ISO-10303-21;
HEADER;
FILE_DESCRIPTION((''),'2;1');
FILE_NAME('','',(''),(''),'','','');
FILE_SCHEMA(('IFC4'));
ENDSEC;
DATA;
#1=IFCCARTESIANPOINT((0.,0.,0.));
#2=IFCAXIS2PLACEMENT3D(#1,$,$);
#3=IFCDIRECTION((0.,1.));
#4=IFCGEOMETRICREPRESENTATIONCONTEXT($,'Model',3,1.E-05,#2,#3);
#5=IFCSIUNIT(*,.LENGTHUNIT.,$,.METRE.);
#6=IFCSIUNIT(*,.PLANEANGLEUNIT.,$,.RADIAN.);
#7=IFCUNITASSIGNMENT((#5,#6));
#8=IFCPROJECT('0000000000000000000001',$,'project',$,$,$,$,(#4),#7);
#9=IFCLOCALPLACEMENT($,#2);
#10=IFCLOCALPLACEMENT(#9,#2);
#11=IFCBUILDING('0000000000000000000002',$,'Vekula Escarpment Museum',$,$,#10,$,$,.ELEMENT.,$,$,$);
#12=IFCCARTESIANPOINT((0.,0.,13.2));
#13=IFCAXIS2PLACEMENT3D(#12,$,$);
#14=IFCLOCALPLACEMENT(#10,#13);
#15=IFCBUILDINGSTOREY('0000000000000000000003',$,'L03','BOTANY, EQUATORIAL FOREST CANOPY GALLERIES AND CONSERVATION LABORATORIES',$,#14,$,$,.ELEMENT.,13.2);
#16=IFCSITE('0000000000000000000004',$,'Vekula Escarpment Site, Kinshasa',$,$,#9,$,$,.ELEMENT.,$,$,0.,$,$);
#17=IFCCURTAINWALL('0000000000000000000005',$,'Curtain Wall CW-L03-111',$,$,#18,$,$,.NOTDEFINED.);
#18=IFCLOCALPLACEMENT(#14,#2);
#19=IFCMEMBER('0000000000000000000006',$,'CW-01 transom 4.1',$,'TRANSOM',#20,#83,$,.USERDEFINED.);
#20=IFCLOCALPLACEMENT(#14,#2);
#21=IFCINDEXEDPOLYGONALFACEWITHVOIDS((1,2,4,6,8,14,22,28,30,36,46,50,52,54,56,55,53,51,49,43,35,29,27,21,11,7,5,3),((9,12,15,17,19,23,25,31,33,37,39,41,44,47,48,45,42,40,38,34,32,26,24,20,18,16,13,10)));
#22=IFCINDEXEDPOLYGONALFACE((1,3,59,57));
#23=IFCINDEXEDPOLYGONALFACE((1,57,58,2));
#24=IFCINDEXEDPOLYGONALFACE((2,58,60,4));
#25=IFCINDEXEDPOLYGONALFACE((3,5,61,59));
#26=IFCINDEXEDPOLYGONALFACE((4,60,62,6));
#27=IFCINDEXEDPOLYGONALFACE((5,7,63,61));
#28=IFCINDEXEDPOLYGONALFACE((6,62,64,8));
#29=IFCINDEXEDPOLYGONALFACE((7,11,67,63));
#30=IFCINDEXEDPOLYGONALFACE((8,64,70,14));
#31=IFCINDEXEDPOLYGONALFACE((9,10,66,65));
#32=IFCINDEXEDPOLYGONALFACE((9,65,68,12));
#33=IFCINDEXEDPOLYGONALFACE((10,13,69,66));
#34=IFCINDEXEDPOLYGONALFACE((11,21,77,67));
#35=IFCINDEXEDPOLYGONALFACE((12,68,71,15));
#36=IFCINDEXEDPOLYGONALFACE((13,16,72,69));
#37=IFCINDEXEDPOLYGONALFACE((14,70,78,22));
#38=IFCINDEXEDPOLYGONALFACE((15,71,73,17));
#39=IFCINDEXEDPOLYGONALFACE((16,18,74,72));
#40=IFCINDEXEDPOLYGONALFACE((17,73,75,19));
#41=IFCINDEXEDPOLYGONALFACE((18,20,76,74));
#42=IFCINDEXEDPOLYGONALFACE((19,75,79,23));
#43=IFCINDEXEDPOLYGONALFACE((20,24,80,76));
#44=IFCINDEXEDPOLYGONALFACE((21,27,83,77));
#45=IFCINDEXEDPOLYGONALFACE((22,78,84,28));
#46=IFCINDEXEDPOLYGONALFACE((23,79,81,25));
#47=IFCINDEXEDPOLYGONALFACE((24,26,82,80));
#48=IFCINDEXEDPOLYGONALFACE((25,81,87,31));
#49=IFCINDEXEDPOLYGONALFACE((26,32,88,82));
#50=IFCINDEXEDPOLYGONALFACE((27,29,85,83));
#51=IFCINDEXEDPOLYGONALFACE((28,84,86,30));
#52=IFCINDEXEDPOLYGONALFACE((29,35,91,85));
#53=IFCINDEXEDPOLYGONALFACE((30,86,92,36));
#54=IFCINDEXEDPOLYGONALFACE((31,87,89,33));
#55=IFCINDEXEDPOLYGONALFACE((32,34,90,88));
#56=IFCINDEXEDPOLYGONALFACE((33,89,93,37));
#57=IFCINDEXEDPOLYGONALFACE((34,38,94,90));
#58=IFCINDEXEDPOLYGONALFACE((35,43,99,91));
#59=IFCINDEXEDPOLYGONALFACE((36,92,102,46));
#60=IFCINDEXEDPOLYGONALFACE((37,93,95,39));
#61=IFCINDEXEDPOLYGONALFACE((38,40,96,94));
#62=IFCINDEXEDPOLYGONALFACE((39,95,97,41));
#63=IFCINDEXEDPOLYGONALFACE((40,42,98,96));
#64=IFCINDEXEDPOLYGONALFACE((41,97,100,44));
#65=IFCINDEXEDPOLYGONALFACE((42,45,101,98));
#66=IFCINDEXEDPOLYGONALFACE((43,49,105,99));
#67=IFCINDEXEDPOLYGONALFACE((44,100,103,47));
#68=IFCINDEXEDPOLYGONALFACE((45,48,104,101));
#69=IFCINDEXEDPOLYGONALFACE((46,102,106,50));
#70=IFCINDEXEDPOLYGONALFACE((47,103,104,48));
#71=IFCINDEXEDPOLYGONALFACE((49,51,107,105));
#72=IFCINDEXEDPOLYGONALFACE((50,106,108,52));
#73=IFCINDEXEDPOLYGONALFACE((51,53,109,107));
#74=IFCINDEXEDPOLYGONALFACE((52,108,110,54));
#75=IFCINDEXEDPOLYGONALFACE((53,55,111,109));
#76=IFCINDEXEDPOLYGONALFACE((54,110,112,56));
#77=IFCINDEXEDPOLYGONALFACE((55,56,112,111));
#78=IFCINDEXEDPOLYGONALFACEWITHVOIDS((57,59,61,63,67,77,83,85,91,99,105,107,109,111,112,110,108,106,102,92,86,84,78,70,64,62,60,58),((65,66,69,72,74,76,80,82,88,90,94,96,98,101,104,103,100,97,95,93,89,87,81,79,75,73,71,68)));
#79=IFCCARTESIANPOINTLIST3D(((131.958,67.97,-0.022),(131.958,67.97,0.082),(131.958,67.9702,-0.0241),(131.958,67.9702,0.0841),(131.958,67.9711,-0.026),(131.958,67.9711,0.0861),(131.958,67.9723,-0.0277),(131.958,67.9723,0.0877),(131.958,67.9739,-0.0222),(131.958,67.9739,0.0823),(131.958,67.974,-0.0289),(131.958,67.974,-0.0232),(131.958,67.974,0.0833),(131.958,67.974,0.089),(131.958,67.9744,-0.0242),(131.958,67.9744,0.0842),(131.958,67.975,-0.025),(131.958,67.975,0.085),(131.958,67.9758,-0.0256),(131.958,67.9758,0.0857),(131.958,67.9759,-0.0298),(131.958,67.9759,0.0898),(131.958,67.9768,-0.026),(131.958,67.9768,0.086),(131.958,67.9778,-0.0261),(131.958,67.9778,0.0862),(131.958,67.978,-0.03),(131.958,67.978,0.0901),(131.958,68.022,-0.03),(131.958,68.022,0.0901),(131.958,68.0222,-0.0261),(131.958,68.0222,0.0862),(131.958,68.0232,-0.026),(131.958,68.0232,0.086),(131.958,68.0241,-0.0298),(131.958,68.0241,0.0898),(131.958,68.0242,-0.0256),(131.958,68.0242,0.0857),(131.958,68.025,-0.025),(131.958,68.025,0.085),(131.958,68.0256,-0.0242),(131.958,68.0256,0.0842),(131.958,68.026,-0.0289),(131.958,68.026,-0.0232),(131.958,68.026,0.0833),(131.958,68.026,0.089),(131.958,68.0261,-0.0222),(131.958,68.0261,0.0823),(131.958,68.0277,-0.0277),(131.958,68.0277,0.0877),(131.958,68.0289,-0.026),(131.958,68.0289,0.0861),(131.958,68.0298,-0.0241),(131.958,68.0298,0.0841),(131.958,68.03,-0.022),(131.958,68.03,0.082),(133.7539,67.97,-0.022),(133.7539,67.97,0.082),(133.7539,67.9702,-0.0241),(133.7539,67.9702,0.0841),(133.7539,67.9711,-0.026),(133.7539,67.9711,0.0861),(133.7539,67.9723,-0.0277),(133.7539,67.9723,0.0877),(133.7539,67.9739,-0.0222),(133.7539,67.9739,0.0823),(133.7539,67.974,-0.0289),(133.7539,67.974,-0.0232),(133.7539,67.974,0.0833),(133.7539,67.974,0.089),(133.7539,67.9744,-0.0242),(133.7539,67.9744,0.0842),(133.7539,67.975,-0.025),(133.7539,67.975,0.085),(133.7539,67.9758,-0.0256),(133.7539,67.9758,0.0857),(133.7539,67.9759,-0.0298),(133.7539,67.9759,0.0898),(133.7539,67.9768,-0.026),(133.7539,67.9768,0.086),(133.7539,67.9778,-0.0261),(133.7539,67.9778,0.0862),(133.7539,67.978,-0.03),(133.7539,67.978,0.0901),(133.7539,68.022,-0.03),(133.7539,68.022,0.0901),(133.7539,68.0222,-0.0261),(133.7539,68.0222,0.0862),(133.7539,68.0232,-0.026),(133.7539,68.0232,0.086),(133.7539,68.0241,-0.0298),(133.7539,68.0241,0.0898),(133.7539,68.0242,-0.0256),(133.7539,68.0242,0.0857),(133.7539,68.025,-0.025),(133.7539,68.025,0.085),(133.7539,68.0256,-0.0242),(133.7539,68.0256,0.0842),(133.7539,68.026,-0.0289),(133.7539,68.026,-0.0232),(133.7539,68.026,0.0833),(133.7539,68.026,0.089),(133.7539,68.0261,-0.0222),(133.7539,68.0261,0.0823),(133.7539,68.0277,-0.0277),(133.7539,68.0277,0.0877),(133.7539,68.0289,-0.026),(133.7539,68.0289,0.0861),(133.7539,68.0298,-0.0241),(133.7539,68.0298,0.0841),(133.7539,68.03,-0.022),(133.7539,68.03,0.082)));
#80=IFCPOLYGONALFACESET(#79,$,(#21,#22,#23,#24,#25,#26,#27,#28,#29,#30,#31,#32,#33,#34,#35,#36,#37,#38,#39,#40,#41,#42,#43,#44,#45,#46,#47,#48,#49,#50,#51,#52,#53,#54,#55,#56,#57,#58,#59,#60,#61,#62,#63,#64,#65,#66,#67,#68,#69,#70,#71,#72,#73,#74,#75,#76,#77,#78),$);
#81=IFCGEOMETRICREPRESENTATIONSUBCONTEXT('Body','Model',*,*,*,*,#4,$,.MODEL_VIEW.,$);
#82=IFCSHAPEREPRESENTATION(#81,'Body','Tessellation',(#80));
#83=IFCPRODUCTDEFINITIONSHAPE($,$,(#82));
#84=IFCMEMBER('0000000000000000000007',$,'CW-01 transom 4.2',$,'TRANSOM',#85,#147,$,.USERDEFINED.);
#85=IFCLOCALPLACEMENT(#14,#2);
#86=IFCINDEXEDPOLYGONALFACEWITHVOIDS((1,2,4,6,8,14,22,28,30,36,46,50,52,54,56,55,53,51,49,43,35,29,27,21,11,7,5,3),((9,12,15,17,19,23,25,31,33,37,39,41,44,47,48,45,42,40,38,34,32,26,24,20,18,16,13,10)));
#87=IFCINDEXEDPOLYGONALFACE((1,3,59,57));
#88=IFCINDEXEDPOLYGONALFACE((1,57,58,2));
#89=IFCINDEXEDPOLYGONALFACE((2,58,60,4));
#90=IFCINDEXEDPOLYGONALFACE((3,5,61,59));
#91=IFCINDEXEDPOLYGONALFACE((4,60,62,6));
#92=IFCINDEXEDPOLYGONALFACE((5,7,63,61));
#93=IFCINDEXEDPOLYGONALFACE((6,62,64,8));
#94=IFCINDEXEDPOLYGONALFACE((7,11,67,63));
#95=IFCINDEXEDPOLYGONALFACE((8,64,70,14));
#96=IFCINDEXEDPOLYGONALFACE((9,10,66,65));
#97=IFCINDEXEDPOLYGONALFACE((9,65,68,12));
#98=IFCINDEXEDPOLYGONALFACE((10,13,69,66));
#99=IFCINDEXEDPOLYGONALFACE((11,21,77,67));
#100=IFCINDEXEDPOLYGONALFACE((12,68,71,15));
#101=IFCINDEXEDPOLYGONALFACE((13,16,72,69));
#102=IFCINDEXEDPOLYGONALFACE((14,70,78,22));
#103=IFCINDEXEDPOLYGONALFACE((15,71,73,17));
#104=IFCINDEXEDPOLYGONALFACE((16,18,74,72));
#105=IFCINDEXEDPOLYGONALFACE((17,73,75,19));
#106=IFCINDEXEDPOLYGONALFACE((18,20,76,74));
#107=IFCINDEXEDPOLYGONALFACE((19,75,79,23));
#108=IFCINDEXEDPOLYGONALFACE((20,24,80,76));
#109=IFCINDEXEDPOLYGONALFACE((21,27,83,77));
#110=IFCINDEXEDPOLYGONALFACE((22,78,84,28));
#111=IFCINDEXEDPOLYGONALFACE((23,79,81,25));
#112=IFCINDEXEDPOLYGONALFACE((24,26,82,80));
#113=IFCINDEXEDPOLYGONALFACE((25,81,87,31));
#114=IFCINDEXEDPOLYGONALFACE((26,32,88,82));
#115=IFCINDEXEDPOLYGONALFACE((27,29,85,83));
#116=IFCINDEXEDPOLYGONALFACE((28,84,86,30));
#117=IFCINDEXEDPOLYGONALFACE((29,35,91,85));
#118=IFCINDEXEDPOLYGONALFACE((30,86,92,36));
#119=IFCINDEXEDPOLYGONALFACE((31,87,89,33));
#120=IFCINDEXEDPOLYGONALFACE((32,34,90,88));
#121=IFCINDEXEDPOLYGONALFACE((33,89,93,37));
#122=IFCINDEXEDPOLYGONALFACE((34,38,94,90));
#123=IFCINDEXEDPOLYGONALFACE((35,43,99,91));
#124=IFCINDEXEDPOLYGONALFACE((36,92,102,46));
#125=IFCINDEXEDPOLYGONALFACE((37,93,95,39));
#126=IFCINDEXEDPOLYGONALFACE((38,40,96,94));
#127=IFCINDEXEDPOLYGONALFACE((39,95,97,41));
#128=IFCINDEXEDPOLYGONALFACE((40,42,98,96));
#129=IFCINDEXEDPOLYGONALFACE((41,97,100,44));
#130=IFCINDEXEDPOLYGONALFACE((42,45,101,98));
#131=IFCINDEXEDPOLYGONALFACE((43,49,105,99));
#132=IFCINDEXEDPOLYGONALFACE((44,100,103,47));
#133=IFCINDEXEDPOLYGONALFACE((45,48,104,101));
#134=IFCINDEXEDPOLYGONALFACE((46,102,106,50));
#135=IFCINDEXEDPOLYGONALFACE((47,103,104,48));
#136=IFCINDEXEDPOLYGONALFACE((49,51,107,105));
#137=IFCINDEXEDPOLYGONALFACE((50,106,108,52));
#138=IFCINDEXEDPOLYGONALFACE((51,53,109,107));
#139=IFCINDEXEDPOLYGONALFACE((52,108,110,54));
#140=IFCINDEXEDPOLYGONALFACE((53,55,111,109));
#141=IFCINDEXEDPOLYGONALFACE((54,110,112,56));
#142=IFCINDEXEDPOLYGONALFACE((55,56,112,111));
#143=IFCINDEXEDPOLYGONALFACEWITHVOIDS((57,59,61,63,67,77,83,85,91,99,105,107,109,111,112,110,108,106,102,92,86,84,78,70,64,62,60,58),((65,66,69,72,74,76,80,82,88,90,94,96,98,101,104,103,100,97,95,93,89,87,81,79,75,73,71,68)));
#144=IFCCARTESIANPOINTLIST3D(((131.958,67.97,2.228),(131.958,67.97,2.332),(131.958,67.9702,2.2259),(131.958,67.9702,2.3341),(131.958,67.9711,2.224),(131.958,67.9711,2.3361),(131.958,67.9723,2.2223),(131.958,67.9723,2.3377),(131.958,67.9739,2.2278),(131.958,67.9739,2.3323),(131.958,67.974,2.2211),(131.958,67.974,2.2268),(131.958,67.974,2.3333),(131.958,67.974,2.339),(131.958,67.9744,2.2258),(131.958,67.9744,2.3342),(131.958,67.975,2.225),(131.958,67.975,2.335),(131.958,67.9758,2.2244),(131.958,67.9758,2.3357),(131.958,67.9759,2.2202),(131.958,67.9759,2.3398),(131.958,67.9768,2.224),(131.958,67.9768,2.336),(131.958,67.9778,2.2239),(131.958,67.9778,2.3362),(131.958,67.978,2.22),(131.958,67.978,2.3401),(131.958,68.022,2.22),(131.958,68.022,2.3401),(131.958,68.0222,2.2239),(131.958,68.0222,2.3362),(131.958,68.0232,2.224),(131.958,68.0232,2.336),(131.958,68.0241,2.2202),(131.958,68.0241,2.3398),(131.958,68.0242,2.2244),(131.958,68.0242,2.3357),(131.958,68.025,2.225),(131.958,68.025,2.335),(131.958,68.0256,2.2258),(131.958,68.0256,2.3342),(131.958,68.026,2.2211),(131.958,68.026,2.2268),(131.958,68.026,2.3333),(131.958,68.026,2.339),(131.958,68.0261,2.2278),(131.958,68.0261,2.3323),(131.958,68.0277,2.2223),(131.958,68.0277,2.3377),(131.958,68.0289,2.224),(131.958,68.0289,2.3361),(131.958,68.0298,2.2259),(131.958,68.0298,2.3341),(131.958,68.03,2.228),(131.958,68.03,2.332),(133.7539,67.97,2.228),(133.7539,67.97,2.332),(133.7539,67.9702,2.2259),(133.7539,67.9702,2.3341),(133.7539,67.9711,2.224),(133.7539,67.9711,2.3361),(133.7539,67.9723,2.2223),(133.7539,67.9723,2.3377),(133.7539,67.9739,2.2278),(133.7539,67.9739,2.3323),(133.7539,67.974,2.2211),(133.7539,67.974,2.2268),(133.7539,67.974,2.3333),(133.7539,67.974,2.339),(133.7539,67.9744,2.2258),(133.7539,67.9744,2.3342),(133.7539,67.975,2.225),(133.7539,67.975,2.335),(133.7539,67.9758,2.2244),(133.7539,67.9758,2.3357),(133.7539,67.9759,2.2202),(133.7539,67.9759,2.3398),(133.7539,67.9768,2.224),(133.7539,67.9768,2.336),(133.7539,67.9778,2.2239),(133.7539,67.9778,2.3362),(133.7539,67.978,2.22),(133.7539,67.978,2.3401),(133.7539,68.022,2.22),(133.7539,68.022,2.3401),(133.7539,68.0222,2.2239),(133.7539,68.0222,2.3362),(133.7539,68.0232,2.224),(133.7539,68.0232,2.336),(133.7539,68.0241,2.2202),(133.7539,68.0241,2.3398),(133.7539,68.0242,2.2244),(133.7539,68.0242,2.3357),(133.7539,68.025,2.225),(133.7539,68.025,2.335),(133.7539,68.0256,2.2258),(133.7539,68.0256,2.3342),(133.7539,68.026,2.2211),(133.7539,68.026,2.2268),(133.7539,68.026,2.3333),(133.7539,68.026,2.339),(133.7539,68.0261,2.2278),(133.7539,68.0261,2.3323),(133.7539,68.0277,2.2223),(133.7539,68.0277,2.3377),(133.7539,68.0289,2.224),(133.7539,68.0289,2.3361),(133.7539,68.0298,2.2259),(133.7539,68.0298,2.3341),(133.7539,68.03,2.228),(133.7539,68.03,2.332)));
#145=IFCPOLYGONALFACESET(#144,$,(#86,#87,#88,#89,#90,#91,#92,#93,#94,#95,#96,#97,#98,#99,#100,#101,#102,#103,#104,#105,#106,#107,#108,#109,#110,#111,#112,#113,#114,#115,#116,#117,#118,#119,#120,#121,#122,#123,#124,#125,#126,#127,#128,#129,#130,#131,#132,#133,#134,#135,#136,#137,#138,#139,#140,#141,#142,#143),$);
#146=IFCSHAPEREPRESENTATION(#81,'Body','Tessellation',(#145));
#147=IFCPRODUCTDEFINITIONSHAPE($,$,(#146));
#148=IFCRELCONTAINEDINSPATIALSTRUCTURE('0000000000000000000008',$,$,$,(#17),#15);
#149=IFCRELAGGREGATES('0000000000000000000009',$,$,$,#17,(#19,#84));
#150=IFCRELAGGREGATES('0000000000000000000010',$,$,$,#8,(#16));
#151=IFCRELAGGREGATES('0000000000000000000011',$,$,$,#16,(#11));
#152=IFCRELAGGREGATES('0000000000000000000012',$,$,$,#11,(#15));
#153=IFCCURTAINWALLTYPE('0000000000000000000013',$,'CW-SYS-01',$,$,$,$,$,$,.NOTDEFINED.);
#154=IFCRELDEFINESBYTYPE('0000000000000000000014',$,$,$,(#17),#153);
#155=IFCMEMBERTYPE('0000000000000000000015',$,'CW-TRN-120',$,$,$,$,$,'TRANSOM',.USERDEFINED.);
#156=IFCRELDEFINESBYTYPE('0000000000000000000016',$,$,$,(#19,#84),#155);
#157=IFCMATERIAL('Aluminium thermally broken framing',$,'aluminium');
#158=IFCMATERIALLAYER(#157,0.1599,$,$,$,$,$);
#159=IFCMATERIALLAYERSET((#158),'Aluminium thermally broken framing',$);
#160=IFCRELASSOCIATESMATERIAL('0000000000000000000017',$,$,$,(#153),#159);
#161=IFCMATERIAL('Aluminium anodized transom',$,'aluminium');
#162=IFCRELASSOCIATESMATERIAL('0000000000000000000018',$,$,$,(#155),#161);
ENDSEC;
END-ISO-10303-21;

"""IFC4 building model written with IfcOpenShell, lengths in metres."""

from ifc_helpers import new_model, si_unit, direction, frame, origin, origin_2d, place, context, subcontext, project, spatial, hollow_rectangle, extrude, material, layer, layer_set, material_profile, profile_set, type_object, element, aggregate, save


model = new_model("IFC4")

# Units and contexts
model_context = context("Model", 3, precision=1e-05, world=origin(), true_north=direction((0.0, 1.0)))
body_context = subcontext(model_context, "Body", "Model", "MODEL_VIEW")
ifc_project = project(units=[si_unit("LENGTHUNIT", "METRE"), si_unit("PLANEANGLEUNIT", "RADIAN")], contexts=[model_context])

# Site, building, storey
site_placement = place(None, origin())
site = spatial("IfcSite", under=ifc_project, at=site_placement, Name="Vekula Escarpment Site, Kinshasa", CompositionType="ELEMENT", RefElevation=0.0)
building_placement = place(site_placement, origin())
building = spatial("IfcBuilding", under=site, at=building_placement, Name="Vekula Escarpment Museum", CompositionType="ELEMENT")
storey_placement = place(building_placement, frame((0.0, 0.0, 13.2)))
storey = spatial("IfcBuildingStorey", under=building, at=storey_placement, Name="L03", Description="BOTANY, EQUATORIAL FOREST CANOPY GALLERIES AND CONSERVATION LABORATORIES", CompositionType="ELEMENT", Elevation=13.2)

# Curtain wall, members
ifc_material_1 = material(Name="Aluminium thermally broken framing", Category="aluminium")
ifc_layer_1 = layer(ifc_material_1, 0.1599)
ifc_layer_set_1 = layer_set([ifc_layer_1], Name="Aluminium thermally broken framing")
curtain_wall_type = type_object("IfcCurtainWallType", Name="CW-SYS-01", PredefinedType="NOTDEFINED", material=ifc_layer_set_1)
curtain_wall_placement = place(storey_placement, origin())
curtain_wall = element("IfcCurtainWall", 1, at=curtain_wall_placement, inside=storey, type_object=curtain_wall_type, Name="Curtain Wall CW-L03-111", PredefinedType="NOTDEFINED")
ifc_material_2 = material(Name="Aluminium anodized transom", Category="aluminium")
ifc_material_profile_1 = material_profile(ifc_material_2, hollow_rectangle(XDim=0.0601, YDim=0.1201, WallThickness=0.0039, InnerFilletRadius=0.0039, OuterFilletRadius=0.0081, at=origin_2d()), Name="ALU 120x60x4")
ifc_profile_set_1 = profile_set([ifc_material_profile_1], Name="Aluminium anodized transom")
member_type_1 = type_object("IfcMemberType", Name="CW-TRN-120", ElementType="TRANSOM", PredefinedType="USERDEFINED", material=ifc_profile_set_1)
member_1_placement = place(storey_placement, frame((131.958, 68.0, 0.03), z_axis=(1.0, 0.0, 0.0), x_axis=(0.0, 1.0, 0.0)))
member_1 = element("IfcMember", 2, at=member_1_placement, type_object=member_type_1, Name="CW-01 transom 4.1", ObjectType="TRANSOM", PredefinedType="USERDEFINED", context=body_context, shape_type="SweptSolid", body=[
    extrude(hollow_rectangle(XDim=0.0601, YDim=0.1201, WallThickness=0.0039, InnerFilletRadius=0.0039, OuterFilletRadius=0.0081, at=origin_2d()), origin(), (0.0, 0.0, 1.0), 1.7959),
])
member_2_placement = place(storey_placement, frame((131.958, 68.0, 2.28), z_axis=(1.0, 0.0, 0.0), x_axis=(0.0, 1.0, 0.0)))
member_2 = element("IfcMember", 3, at=member_2_placement, type_object=member_type_1, Name="CW-01 transom 4.2", ObjectType="TRANSOM", PredefinedType="USERDEFINED", context=body_context, shape_type="SweptSolid", body=[
    extrude(hollow_rectangle(XDim=0.0601, YDim=0.1201, WallThickness=0.0039, InnerFilletRadius=0.0039, OuterFilletRadius=0.0081, at=origin_2d()), origin(), (0.0, 0.0, 1.0), 1.7959),
])
aggregate(curtain_wall, [member_1, member_2])

save(model, "model.ifc")
